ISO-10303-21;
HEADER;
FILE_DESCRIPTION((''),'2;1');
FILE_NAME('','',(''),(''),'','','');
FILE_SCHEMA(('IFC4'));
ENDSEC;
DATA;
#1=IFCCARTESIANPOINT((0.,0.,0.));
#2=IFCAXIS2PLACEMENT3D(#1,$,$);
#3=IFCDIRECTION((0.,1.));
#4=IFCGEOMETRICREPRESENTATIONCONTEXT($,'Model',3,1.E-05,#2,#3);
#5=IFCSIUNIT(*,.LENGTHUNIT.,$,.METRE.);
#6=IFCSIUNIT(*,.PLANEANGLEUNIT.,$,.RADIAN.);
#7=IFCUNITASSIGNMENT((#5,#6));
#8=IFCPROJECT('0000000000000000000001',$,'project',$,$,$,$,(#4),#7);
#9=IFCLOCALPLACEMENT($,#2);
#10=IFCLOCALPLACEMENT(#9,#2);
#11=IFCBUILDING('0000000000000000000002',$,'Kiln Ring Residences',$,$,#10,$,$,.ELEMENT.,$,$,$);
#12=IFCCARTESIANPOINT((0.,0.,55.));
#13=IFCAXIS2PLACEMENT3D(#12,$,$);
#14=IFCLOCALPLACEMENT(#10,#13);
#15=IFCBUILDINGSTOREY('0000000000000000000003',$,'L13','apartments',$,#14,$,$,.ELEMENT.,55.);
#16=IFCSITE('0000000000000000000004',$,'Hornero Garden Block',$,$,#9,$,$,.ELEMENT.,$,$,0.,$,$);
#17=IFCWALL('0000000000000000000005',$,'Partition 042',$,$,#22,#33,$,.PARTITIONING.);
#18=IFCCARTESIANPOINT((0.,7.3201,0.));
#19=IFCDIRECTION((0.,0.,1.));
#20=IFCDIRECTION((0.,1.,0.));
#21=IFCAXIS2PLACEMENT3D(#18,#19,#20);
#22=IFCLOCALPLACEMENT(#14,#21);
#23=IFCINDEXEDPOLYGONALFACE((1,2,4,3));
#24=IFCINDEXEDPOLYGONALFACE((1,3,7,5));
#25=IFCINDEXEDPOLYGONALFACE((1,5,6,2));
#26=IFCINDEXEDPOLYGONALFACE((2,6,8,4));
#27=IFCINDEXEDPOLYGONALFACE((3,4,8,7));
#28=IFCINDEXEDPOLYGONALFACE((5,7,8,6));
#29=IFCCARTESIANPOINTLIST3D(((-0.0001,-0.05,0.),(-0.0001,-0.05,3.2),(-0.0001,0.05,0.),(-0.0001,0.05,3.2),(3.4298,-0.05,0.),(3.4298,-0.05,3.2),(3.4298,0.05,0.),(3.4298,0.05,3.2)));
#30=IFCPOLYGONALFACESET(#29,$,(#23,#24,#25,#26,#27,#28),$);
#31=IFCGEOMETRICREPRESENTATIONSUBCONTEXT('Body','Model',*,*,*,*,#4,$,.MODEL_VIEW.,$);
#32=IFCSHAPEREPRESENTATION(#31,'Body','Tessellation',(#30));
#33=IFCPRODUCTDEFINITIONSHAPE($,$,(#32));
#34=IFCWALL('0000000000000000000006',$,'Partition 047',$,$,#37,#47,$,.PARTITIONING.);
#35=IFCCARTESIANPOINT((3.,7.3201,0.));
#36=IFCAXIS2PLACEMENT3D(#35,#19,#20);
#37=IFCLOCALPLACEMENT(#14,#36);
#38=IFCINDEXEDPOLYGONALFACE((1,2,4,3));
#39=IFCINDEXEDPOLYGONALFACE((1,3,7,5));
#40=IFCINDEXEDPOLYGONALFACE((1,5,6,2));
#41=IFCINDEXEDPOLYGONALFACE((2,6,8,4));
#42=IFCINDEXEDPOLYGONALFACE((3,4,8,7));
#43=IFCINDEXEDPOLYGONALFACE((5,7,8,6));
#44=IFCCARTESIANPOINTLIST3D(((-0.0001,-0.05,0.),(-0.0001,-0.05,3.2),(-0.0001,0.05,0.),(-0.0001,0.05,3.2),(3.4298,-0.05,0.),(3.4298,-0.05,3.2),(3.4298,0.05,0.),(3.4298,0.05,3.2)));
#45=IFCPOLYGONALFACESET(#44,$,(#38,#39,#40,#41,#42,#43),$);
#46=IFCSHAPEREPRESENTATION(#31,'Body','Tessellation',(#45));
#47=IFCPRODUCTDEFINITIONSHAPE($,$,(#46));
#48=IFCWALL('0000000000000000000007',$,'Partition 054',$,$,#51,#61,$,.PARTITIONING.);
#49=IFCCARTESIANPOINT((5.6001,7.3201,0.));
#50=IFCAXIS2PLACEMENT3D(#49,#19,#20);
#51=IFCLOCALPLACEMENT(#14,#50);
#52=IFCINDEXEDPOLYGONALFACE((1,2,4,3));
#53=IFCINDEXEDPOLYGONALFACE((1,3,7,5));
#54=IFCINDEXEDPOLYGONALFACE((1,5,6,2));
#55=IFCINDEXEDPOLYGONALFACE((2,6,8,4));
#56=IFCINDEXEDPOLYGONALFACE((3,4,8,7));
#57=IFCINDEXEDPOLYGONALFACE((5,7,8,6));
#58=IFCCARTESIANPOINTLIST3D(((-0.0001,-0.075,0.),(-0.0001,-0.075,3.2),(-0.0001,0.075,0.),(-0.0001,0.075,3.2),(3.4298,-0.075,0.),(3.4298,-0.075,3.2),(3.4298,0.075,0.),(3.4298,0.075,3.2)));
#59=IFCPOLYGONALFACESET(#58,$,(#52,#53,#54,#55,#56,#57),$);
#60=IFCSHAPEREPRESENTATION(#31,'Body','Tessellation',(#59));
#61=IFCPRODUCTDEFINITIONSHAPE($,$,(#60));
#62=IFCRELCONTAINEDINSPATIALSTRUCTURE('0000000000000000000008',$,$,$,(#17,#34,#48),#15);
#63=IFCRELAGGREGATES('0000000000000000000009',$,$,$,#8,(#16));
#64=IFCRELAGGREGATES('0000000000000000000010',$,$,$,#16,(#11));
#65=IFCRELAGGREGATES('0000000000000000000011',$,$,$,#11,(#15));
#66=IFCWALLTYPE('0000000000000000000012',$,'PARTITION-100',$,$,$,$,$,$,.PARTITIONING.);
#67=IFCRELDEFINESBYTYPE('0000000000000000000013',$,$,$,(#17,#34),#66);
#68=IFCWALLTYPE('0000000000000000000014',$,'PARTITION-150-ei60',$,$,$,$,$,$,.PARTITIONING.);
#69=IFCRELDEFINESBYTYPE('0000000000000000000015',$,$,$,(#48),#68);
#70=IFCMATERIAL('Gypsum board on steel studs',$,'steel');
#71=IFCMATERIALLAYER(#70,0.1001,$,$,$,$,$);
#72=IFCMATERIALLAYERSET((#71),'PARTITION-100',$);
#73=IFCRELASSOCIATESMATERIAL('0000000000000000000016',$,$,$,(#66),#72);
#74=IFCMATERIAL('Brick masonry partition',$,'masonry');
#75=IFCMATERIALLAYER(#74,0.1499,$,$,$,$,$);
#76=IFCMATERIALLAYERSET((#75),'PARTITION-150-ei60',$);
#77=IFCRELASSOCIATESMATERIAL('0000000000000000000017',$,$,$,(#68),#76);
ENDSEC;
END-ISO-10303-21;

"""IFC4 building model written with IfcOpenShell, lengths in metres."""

from ifc_helpers import new_model, si_unit, direction, frame, frame_2d, origin, place, context, subcontext, project, spatial, rectangle, extrude, material, layer, layer_set, type_object, element, save


model = new_model("IFC4")

# Units and contexts
model_context = context("Model", 3, precision=1e-05, world=origin(), true_north=direction((0.0, 1.0)))
body_context = subcontext(model_context, "Body", "Model", "MODEL_VIEW")
ifc_project = project(units=[si_unit("LENGTHUNIT", "METRE"), si_unit("PLANEANGLEUNIT", "RADIAN")], contexts=[model_context])

# Site, building, storey
site_placement = place(None, origin())
site = spatial("IfcSite", under=ifc_project, at=site_placement, Name="Hornero Garden Block", CompositionType="ELEMENT", RefElevation=0.0)
building_placement = place(site_placement, origin())
building = spatial("IfcBuilding", under=site, at=building_placement, Name="Kiln Ring Residences", CompositionType="ELEMENT")
storey_placement = place(building_placement, frame((0.0, 0.0, 55.0)))
storey = spatial("IfcBuildingStorey", under=building, at=storey_placement, Name="L13", Description="apartments", CompositionType="ELEMENT", Elevation=55.0)

# Wall
ifc_material_1 = material(Name="Gypsum board on steel studs", Category="steel")
ifc_layer_1 = layer(ifc_material_1, 0.1001)
ifc_layer_set_1 = layer_set([ifc_layer_1], Name="PARTITION-100")
wall_type_1 = type_object("IfcWallType", Name="PARTITION-100", PredefinedType="PARTITIONING", material=ifc_layer_set_1)
wall_1_placement = place(storey_placement, frame((0.0, 7.3201, 0.0), z_axis=(0.0, 0.0, 1.0), x_axis=(0.0, 1.0, 0.0)))
element("IfcWall", 1, at=wall_1_placement, inside=storey, type_object=wall_type_1, Name="Partition 042", PredefinedType="PARTITIONING", context=body_context, shape_type="SweptSolid", body=[
    extrude(rectangle(XDim=3.4299, YDim=0.1001, at=frame_2d((1.7148, 0.0))), origin(), (0.0, 0.0, 1.0), 3.2),
])

# Wall
wall_2_placement = place(storey_placement, frame((3.0, 7.3201, 0.0), z_axis=(0.0, 0.0, 1.0), x_axis=(0.0, 1.0, 0.0)))
element("IfcWall", 2, at=wall_2_placement, inside=storey, type_object=wall_type_1, Name="Partition 047", PredefinedType="PARTITIONING", context=body_context, shape_type="SweptSolid", body=[
    extrude(rectangle(XDim=3.4299, YDim=0.1001, at=frame_2d((1.7148, 0.0))), origin(), (0.0, 0.0, 1.0), 3.2),
])

# Wall
ifc_material_2 = material(Name="Brick masonry partition", Category="masonry")
ifc_layer_2 = layer(ifc_material_2, 0.1499)
ifc_layer_set_2 = layer_set([ifc_layer_2], Name="PARTITION-150-ei60")
wall_type_2 = type_object("IfcWallType", Name="PARTITION-150-ei60", PredefinedType="PARTITIONING", material=ifc_layer_set_2)
wall_3_placement = place(storey_placement, frame((5.6001, 7.3201, 0.0), z_axis=(0.0, 0.0, 1.0), x_axis=(0.0, 1.0, 0.0)))
element("IfcWall", 3, at=wall_3_placement, inside=storey, type_object=wall_type_2, Name="Partition 054", PredefinedType="PARTITIONING", context=body_context, shape_type="SweptSolid", body=[
    extrude(rectangle(XDim=3.4299, YDim=0.1499, at=frame_2d((1.7148, 0.0))), origin(), (0.0, 0.0, 1.0), 3.2),
])

save(model, "model.ifc")
